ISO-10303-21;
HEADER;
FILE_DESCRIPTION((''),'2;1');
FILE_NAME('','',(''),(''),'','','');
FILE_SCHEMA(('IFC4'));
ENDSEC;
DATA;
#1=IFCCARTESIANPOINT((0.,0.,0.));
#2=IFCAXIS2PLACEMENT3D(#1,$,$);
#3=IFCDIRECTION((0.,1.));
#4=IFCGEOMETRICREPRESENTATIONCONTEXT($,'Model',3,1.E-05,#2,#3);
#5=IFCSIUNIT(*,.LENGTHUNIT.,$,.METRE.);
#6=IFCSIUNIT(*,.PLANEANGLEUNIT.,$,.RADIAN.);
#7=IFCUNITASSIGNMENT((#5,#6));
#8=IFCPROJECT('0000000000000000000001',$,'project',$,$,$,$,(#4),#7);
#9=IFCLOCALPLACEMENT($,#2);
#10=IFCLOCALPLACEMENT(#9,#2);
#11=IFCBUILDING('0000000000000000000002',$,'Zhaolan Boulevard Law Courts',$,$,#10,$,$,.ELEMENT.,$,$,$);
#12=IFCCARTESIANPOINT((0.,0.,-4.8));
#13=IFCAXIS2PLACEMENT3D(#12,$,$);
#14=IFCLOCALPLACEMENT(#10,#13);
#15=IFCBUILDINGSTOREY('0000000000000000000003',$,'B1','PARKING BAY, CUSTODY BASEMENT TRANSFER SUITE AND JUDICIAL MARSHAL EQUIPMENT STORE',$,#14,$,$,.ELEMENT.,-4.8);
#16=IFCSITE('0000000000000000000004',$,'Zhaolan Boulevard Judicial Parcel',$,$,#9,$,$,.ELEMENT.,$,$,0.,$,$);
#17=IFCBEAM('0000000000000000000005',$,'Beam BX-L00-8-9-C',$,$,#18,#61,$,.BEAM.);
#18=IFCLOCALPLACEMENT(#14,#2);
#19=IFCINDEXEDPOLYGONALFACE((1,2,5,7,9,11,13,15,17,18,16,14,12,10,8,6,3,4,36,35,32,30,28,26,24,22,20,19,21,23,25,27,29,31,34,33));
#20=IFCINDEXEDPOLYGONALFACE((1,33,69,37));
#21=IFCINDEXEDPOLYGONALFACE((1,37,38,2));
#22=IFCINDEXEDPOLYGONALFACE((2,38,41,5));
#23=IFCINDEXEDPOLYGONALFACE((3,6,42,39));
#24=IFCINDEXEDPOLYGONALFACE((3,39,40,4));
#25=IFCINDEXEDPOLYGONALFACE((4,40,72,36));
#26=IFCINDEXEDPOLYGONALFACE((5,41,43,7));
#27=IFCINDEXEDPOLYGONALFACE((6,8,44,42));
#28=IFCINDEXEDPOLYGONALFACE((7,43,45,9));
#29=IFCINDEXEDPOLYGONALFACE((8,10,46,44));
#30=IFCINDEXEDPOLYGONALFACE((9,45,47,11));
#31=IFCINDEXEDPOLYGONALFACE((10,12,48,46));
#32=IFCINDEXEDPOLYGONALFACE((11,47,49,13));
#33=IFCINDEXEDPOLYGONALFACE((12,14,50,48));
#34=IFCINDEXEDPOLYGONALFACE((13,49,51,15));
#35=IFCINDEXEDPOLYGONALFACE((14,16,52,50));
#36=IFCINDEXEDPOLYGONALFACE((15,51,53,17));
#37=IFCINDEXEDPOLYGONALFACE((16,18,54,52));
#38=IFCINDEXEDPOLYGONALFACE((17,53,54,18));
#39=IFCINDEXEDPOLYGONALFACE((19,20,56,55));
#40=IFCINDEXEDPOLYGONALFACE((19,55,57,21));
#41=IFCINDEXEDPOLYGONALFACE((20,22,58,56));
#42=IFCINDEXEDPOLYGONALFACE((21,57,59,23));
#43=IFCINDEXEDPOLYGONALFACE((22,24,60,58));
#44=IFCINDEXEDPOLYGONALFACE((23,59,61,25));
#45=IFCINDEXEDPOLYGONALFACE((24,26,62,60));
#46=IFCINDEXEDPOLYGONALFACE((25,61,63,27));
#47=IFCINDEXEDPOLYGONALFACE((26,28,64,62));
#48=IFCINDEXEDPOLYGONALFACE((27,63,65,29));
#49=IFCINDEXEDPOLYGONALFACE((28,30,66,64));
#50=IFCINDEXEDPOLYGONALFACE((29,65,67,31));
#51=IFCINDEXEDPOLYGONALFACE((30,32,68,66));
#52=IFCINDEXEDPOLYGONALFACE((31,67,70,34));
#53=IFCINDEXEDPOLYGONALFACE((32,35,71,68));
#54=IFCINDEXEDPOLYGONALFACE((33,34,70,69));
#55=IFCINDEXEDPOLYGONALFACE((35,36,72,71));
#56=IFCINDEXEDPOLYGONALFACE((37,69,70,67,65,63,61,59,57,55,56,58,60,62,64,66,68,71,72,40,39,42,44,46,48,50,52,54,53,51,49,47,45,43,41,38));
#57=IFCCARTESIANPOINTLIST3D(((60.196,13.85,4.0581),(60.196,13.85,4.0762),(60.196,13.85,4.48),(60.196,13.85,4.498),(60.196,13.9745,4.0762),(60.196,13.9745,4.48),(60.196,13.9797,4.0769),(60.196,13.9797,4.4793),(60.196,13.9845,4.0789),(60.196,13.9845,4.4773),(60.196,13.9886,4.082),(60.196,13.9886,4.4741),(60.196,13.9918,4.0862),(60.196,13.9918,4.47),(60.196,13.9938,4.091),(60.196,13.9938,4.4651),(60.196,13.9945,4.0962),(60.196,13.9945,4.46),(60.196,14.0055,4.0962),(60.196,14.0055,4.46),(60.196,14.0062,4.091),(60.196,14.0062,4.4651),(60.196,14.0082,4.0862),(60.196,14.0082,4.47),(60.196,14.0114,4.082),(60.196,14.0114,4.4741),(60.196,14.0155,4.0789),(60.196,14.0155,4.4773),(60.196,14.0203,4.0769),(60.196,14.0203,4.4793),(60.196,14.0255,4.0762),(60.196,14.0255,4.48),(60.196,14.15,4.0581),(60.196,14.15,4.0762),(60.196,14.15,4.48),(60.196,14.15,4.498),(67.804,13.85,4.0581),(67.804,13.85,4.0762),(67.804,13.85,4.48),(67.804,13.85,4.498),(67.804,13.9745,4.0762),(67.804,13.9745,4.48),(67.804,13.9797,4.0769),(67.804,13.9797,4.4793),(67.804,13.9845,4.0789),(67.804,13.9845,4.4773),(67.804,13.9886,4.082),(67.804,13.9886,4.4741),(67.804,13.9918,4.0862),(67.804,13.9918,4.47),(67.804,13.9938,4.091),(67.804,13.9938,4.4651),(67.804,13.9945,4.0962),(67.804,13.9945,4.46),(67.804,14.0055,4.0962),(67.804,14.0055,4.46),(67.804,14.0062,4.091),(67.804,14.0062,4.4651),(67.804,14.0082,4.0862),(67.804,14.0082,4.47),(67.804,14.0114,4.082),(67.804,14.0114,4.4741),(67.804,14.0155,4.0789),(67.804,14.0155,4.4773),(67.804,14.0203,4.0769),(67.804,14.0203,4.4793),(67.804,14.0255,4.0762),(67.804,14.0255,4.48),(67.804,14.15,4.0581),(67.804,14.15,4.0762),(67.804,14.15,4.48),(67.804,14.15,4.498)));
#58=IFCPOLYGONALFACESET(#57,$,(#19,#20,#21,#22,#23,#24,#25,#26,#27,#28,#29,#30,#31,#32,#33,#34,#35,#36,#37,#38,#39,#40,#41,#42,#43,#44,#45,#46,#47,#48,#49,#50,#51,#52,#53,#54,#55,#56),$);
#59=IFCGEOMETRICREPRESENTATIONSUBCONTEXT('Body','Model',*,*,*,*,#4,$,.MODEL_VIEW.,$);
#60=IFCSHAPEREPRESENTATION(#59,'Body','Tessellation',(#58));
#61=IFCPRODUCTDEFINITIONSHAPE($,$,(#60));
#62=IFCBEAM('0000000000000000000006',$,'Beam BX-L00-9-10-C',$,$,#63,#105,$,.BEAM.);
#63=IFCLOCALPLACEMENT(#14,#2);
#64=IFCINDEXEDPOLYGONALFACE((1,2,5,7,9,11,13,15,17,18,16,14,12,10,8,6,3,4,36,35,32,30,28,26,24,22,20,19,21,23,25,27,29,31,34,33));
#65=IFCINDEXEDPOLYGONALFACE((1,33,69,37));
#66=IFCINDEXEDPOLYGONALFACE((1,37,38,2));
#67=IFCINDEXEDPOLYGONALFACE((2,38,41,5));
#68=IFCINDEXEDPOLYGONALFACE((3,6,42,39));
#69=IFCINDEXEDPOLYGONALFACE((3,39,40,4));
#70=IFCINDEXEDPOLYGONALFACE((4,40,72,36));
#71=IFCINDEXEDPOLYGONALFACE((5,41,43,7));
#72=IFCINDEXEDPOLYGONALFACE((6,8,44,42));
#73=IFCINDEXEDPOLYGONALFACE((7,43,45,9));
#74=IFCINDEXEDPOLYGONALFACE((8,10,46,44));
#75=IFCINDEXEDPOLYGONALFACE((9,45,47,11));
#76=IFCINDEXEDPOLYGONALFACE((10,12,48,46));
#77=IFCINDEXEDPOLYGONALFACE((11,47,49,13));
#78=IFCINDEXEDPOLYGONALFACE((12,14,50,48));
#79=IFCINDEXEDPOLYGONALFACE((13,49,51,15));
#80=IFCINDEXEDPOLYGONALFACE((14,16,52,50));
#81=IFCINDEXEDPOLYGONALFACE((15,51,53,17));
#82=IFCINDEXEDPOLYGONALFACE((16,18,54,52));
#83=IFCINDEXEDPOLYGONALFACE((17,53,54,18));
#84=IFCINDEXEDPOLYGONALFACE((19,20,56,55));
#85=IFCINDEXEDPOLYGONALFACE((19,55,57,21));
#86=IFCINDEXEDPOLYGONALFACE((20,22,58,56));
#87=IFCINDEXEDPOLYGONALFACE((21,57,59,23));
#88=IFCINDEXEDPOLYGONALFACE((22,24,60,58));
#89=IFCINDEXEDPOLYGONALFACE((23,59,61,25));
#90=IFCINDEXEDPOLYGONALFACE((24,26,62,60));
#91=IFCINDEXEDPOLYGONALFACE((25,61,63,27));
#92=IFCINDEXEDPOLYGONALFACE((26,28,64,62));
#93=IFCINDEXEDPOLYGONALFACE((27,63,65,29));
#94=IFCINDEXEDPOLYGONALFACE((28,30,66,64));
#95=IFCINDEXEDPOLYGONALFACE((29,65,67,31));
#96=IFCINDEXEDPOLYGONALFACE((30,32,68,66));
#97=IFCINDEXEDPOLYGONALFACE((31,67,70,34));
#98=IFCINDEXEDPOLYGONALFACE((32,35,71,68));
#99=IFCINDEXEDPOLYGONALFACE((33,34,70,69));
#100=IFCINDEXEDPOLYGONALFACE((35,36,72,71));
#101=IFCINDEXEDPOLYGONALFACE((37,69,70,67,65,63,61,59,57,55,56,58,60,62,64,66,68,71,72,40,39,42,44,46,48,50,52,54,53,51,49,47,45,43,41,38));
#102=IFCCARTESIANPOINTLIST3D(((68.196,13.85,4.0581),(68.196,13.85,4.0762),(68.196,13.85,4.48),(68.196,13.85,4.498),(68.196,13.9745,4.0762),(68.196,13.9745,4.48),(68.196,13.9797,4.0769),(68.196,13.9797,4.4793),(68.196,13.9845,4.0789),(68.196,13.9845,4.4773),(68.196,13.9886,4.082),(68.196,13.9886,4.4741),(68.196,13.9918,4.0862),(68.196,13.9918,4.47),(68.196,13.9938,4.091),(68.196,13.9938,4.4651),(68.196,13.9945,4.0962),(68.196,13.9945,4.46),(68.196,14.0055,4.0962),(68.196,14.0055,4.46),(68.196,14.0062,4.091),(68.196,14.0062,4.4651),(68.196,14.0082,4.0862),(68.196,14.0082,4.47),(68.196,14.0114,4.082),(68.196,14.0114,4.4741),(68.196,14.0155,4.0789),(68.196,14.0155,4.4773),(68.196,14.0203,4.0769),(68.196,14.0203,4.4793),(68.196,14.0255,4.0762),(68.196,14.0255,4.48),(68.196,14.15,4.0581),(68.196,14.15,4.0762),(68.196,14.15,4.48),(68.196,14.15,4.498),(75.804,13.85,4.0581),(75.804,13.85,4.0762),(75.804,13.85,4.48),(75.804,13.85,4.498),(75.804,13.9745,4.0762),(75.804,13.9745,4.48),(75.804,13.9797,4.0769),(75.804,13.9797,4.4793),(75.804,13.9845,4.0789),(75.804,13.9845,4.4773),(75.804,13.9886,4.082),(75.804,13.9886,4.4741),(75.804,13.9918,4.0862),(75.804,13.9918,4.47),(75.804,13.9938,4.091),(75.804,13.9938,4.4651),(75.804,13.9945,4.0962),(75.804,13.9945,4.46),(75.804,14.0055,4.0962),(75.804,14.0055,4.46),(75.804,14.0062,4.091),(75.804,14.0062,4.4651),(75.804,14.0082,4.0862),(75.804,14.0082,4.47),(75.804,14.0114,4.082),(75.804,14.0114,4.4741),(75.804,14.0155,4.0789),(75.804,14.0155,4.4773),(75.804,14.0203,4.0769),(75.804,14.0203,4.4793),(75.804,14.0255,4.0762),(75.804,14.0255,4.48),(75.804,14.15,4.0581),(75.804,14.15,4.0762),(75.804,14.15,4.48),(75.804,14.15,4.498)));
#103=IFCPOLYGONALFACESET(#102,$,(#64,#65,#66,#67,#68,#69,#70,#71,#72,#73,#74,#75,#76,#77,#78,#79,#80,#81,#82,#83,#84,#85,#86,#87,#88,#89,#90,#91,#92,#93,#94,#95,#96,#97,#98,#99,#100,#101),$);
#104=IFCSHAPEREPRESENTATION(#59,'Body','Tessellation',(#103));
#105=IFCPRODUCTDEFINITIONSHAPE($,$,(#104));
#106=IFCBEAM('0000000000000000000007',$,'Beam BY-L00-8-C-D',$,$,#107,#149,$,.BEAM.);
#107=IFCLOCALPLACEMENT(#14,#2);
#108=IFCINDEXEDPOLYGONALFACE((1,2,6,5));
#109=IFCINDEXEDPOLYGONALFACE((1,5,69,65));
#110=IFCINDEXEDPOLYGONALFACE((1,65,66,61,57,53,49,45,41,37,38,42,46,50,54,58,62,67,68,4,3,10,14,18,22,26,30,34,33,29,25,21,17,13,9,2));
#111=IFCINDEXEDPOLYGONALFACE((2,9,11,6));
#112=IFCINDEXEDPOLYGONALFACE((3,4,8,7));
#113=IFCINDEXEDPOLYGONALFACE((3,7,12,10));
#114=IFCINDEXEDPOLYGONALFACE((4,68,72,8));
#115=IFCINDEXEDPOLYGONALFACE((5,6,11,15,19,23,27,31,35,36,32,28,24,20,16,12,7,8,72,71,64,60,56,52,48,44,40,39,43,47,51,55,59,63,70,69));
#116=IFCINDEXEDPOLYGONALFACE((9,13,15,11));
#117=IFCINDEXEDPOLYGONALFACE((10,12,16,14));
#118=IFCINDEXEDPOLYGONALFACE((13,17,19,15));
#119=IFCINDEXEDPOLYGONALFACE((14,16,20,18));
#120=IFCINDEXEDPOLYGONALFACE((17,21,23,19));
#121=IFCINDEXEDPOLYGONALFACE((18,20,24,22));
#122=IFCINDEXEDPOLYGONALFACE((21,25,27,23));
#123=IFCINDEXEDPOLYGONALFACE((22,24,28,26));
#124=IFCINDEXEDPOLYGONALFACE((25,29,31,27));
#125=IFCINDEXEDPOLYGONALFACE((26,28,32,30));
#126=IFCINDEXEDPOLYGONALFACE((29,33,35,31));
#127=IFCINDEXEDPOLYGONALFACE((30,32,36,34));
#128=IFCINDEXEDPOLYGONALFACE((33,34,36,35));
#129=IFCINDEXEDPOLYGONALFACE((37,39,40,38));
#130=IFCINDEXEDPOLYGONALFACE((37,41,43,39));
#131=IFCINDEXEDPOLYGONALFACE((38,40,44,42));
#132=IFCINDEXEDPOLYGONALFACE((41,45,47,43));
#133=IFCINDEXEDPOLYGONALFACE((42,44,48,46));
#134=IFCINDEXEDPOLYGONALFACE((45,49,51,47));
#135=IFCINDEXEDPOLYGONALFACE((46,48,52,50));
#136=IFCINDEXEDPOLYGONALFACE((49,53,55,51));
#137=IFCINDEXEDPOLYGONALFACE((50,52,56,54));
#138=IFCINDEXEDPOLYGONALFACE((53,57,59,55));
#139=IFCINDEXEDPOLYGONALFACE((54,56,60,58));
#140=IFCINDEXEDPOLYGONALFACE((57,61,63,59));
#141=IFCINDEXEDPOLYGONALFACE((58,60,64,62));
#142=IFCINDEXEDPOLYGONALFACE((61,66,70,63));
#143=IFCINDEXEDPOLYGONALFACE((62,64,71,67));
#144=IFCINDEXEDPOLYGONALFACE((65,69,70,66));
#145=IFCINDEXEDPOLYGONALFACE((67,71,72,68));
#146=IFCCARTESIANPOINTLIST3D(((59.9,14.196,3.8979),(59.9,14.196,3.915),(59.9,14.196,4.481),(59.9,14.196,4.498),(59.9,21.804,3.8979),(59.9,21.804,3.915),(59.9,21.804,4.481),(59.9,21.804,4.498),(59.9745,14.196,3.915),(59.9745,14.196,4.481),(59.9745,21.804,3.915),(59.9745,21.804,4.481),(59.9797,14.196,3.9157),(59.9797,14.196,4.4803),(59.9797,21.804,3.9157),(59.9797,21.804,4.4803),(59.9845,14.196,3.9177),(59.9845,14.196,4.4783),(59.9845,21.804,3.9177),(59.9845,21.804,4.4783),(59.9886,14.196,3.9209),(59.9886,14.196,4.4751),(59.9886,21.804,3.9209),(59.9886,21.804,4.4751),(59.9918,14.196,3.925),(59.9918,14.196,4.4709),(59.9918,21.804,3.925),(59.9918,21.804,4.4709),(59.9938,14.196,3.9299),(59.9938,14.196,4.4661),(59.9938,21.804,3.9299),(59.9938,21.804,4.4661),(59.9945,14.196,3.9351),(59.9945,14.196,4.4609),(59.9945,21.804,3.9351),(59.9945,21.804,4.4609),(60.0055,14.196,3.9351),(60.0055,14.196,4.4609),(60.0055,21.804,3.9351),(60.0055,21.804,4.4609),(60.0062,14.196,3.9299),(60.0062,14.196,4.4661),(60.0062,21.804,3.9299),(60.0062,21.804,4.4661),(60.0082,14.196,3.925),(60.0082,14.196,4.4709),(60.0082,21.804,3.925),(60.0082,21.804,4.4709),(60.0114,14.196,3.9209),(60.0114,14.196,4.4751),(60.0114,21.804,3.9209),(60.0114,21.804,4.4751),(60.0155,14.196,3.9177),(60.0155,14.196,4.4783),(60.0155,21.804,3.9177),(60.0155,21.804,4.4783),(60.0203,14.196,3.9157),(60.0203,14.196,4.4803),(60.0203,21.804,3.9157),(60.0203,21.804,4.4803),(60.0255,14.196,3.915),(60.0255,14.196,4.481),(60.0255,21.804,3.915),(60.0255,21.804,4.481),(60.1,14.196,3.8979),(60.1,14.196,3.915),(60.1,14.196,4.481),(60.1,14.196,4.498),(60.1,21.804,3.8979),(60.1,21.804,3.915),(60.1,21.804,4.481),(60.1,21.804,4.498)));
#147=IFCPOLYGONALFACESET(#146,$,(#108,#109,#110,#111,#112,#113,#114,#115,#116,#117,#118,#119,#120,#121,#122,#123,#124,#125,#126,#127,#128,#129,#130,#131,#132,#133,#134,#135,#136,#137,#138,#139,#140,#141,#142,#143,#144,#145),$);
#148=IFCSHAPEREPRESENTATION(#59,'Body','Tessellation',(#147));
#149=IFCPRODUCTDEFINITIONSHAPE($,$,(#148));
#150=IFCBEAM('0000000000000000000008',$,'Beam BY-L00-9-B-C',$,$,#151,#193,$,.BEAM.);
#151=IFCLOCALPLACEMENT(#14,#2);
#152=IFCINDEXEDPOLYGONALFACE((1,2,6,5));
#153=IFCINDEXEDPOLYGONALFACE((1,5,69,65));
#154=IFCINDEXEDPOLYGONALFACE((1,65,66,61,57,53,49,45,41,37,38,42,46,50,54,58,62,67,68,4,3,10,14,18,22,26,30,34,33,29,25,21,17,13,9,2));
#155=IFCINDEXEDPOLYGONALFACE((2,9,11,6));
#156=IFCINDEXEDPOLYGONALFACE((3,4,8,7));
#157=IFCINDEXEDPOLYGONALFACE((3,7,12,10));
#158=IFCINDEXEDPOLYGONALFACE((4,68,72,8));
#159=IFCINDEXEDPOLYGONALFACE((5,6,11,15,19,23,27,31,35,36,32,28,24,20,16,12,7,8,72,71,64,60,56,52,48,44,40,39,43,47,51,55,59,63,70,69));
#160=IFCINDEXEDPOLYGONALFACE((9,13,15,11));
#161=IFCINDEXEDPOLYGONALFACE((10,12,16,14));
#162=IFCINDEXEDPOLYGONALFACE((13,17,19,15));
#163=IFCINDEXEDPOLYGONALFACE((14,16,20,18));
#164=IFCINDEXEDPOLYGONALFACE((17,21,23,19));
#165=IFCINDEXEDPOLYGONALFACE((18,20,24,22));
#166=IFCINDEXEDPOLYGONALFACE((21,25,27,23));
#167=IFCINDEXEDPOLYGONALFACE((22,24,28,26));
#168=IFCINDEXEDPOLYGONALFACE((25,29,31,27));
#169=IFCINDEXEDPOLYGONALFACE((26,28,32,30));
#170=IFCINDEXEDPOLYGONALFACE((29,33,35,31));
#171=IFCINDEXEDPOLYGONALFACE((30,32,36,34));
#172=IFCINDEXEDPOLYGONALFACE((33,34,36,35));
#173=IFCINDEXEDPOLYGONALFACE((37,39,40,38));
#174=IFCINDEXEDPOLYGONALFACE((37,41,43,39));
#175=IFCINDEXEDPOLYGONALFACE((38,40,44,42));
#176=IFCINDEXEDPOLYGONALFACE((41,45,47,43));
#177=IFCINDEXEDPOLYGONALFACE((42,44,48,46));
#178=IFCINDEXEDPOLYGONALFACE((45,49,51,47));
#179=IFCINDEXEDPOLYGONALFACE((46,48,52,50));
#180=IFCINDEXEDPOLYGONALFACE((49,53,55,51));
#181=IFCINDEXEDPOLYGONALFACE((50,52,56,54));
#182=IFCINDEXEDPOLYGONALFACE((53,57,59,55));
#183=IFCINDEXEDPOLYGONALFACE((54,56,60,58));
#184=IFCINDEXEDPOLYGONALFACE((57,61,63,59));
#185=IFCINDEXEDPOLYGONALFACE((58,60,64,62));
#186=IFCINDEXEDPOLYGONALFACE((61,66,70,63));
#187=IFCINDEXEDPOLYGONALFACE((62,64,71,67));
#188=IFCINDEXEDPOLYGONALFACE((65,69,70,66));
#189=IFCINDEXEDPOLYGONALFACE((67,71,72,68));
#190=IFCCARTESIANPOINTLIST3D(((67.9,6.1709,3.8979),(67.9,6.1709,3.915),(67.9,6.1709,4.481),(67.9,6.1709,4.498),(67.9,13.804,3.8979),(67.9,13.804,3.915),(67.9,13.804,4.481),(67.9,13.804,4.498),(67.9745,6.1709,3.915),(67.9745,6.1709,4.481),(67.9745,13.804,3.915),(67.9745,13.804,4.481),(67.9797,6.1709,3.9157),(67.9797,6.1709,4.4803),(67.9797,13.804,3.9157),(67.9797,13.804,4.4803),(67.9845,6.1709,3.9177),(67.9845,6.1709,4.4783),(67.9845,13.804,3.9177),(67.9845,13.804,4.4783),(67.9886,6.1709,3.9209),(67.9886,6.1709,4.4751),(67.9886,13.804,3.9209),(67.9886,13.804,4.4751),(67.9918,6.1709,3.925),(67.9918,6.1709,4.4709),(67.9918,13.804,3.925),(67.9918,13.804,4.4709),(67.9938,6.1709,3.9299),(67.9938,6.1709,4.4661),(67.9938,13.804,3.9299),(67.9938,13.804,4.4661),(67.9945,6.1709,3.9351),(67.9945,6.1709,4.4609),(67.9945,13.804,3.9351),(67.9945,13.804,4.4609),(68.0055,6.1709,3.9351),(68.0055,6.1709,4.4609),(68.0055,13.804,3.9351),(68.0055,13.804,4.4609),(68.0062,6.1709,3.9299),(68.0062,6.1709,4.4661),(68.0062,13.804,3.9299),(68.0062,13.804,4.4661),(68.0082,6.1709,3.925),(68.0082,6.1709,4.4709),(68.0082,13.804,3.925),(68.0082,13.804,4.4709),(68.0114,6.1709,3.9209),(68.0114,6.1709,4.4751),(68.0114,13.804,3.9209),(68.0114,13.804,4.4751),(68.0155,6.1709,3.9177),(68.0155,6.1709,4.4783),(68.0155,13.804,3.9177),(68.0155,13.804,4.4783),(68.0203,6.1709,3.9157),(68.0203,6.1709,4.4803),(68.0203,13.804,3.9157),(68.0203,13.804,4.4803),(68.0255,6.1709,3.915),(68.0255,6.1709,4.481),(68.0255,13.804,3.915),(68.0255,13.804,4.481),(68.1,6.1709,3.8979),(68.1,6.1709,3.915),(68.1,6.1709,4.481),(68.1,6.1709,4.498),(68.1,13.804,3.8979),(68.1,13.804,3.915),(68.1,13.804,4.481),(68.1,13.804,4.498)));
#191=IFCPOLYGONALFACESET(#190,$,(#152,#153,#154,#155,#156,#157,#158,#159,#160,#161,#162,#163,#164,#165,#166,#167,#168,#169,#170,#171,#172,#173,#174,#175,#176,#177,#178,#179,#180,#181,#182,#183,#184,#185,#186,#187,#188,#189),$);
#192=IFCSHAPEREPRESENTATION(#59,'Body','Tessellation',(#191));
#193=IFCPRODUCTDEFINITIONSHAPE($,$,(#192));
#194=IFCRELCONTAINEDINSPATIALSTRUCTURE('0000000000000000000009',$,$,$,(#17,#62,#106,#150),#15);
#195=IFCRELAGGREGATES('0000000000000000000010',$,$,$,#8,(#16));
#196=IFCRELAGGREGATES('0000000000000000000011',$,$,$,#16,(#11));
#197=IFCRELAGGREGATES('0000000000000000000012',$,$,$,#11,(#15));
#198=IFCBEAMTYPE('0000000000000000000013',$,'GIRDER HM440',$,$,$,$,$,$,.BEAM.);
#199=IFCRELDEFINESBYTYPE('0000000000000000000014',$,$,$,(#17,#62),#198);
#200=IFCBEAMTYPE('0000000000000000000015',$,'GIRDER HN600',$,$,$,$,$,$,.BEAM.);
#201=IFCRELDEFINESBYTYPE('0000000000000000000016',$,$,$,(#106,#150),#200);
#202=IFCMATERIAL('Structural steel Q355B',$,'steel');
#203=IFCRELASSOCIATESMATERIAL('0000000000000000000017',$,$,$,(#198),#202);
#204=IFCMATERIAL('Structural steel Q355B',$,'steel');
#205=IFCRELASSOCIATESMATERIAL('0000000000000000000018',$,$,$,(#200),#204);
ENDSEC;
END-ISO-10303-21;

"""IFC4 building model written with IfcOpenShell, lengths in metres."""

from ifc_helpers import new_model, si_unit, direction, frame, origin, origin_2d, place, context, subcontext, project, spatial, i_section, extrude, material, material_profile, profile_set, type_object, element, save


model = new_model("IFC4")

# Units and contexts
model_context = context("Model", 3, precision=1e-05, world=origin(), true_north=direction((0.0, 1.0)))
body_context = subcontext(model_context, "Body", "Model", "MODEL_VIEW")
ifc_project = project(units=[si_unit("LENGTHUNIT", "METRE"), si_unit("PLANEANGLEUNIT", "RADIAN")], contexts=[model_context])

# Site, building, storey
site_placement = place(None, origin())
site = spatial("IfcSite", under=ifc_project, at=site_placement, Name="Zhaolan Boulevard Judicial Parcel", CompositionType="ELEMENT", RefElevation=0.0)
building_placement = place(site_placement, origin())
building = spatial("IfcBuilding", under=site, at=building_placement, Name="Zhaolan Boulevard Law Courts", CompositionType="ELEMENT")
storey_placement = place(building_placement, frame((0.0, 0.0, -4.8)))
storey = spatial("IfcBuildingStorey", under=building, at=storey_placement, Name="B1", Description="PARKING BAY, CUSTODY BASEMENT TRANSFER SUITE AND JUDICIAL MARSHAL EQUIPMENT STORE", CompositionType="ELEMENT", Elevation=-4.8)

# Beams
ifc_material_1 = material(Name="Structural steel Q355B", Category="steel")
ifc_material_profile_1 = material_profile(ifc_material_1, i_section(OverallWidth=0.3, OverallDepth=0.4399, WebThickness=0.011, FlangeThickness=0.0181, FilletRadius=0.02, at=origin_2d()), Name="HM440x300")
ifc_profile_set_1 = profile_set([ifc_material_profile_1], Name="Structural steel Q355B")
beam_type_1 = type_object("IfcBeamType", Name="GIRDER HM440", PredefinedType="BEAM", material=ifc_profile_set_1)
for number, where, z_axis, x_axis, name in (
    (1, (60.196, 14.0, 4.2781), (1.0, 0.0, 0.0), (0.0, 1.0, 0.0), "Beam BX-L00-8-9-C"),
    (2, (68.196, 14.0, 4.2781), (1.0, 0.0, 0.0), (0.0, 1.0, 0.0), "Beam BX-L00-9-10-C"),
):
    element("IfcBeam", number, at=place(storey_placement, frame(where, z_axis=z_axis, x_axis=x_axis)), inside=storey, type_object=beam_type_1, Name=name, PredefinedType="BEAM", context=body_context, shape_type="SweptSolid", body=[
        extrude(i_section(OverallWidth=0.3, OverallDepth=0.4399, WebThickness=0.011, FlangeThickness=0.0181, FilletRadius=0.02, at=origin_2d()), origin(), (0.0, 0.0, 1.0), 7.6079),
    ])
ifc_material_2 = material(Name="Structural steel Q355B", Category="steel")
ifc_material_profile_2 = material_profile(ifc_material_2, i_section(OverallWidth=0.2, OverallDepth=0.6001, WebThickness=0.011, FlangeThickness=0.0171, FilletRadius=0.02, at=origin_2d()), Name="HN600x200")
ifc_profile_set_2 = profile_set([ifc_material_profile_2], Name="Structural steel Q355B")
beam_type_2 = type_object("IfcBeamType", Name="GIRDER HN600", PredefinedType="BEAM", material=ifc_profile_set_2)
beam_1_placement = place(storey_placement, frame((60.0, 14.196, 4.198), z_axis=(0.0, 1.0, 0.0), x_axis=(-1.0, 0.0, 0.0)))
element("IfcBeam", 3, at=beam_1_placement, inside=storey, type_object=beam_type_2, Name="Beam BY-L00-8-C-D", PredefinedType="BEAM", context=body_context, shape_type="SweptSolid", body=[
    extrude(i_section(OverallWidth=0.2, OverallDepth=0.6001, WebThickness=0.011, FlangeThickness=0.0171, FilletRadius=0.02, at=origin_2d()), origin(), (0.0, 0.0, 1.0), 7.6079),
])
beam_2_placement = place(storey_placement, frame((68.0, 6.1709, 4.198), z_axis=(0.0, 1.0, 0.0), x_axis=(-1.0, 0.0, 0.0)))
element("IfcBeam", 4, at=beam_2_placement, inside=storey, type_object=beam_type_2, Name="Beam BY-L00-9-B-C", PredefinedType="BEAM", context=body_context, shape_type="SweptSolid", body=[
    extrude(i_section(OverallWidth=0.2, OverallDepth=0.6001, WebThickness=0.011, FlangeThickness=0.0171, FilletRadius=0.02, at=origin_2d()), origin(), (0.0, 0.0, 1.0), 7.6331),
])

save(model, "model.ifc")
